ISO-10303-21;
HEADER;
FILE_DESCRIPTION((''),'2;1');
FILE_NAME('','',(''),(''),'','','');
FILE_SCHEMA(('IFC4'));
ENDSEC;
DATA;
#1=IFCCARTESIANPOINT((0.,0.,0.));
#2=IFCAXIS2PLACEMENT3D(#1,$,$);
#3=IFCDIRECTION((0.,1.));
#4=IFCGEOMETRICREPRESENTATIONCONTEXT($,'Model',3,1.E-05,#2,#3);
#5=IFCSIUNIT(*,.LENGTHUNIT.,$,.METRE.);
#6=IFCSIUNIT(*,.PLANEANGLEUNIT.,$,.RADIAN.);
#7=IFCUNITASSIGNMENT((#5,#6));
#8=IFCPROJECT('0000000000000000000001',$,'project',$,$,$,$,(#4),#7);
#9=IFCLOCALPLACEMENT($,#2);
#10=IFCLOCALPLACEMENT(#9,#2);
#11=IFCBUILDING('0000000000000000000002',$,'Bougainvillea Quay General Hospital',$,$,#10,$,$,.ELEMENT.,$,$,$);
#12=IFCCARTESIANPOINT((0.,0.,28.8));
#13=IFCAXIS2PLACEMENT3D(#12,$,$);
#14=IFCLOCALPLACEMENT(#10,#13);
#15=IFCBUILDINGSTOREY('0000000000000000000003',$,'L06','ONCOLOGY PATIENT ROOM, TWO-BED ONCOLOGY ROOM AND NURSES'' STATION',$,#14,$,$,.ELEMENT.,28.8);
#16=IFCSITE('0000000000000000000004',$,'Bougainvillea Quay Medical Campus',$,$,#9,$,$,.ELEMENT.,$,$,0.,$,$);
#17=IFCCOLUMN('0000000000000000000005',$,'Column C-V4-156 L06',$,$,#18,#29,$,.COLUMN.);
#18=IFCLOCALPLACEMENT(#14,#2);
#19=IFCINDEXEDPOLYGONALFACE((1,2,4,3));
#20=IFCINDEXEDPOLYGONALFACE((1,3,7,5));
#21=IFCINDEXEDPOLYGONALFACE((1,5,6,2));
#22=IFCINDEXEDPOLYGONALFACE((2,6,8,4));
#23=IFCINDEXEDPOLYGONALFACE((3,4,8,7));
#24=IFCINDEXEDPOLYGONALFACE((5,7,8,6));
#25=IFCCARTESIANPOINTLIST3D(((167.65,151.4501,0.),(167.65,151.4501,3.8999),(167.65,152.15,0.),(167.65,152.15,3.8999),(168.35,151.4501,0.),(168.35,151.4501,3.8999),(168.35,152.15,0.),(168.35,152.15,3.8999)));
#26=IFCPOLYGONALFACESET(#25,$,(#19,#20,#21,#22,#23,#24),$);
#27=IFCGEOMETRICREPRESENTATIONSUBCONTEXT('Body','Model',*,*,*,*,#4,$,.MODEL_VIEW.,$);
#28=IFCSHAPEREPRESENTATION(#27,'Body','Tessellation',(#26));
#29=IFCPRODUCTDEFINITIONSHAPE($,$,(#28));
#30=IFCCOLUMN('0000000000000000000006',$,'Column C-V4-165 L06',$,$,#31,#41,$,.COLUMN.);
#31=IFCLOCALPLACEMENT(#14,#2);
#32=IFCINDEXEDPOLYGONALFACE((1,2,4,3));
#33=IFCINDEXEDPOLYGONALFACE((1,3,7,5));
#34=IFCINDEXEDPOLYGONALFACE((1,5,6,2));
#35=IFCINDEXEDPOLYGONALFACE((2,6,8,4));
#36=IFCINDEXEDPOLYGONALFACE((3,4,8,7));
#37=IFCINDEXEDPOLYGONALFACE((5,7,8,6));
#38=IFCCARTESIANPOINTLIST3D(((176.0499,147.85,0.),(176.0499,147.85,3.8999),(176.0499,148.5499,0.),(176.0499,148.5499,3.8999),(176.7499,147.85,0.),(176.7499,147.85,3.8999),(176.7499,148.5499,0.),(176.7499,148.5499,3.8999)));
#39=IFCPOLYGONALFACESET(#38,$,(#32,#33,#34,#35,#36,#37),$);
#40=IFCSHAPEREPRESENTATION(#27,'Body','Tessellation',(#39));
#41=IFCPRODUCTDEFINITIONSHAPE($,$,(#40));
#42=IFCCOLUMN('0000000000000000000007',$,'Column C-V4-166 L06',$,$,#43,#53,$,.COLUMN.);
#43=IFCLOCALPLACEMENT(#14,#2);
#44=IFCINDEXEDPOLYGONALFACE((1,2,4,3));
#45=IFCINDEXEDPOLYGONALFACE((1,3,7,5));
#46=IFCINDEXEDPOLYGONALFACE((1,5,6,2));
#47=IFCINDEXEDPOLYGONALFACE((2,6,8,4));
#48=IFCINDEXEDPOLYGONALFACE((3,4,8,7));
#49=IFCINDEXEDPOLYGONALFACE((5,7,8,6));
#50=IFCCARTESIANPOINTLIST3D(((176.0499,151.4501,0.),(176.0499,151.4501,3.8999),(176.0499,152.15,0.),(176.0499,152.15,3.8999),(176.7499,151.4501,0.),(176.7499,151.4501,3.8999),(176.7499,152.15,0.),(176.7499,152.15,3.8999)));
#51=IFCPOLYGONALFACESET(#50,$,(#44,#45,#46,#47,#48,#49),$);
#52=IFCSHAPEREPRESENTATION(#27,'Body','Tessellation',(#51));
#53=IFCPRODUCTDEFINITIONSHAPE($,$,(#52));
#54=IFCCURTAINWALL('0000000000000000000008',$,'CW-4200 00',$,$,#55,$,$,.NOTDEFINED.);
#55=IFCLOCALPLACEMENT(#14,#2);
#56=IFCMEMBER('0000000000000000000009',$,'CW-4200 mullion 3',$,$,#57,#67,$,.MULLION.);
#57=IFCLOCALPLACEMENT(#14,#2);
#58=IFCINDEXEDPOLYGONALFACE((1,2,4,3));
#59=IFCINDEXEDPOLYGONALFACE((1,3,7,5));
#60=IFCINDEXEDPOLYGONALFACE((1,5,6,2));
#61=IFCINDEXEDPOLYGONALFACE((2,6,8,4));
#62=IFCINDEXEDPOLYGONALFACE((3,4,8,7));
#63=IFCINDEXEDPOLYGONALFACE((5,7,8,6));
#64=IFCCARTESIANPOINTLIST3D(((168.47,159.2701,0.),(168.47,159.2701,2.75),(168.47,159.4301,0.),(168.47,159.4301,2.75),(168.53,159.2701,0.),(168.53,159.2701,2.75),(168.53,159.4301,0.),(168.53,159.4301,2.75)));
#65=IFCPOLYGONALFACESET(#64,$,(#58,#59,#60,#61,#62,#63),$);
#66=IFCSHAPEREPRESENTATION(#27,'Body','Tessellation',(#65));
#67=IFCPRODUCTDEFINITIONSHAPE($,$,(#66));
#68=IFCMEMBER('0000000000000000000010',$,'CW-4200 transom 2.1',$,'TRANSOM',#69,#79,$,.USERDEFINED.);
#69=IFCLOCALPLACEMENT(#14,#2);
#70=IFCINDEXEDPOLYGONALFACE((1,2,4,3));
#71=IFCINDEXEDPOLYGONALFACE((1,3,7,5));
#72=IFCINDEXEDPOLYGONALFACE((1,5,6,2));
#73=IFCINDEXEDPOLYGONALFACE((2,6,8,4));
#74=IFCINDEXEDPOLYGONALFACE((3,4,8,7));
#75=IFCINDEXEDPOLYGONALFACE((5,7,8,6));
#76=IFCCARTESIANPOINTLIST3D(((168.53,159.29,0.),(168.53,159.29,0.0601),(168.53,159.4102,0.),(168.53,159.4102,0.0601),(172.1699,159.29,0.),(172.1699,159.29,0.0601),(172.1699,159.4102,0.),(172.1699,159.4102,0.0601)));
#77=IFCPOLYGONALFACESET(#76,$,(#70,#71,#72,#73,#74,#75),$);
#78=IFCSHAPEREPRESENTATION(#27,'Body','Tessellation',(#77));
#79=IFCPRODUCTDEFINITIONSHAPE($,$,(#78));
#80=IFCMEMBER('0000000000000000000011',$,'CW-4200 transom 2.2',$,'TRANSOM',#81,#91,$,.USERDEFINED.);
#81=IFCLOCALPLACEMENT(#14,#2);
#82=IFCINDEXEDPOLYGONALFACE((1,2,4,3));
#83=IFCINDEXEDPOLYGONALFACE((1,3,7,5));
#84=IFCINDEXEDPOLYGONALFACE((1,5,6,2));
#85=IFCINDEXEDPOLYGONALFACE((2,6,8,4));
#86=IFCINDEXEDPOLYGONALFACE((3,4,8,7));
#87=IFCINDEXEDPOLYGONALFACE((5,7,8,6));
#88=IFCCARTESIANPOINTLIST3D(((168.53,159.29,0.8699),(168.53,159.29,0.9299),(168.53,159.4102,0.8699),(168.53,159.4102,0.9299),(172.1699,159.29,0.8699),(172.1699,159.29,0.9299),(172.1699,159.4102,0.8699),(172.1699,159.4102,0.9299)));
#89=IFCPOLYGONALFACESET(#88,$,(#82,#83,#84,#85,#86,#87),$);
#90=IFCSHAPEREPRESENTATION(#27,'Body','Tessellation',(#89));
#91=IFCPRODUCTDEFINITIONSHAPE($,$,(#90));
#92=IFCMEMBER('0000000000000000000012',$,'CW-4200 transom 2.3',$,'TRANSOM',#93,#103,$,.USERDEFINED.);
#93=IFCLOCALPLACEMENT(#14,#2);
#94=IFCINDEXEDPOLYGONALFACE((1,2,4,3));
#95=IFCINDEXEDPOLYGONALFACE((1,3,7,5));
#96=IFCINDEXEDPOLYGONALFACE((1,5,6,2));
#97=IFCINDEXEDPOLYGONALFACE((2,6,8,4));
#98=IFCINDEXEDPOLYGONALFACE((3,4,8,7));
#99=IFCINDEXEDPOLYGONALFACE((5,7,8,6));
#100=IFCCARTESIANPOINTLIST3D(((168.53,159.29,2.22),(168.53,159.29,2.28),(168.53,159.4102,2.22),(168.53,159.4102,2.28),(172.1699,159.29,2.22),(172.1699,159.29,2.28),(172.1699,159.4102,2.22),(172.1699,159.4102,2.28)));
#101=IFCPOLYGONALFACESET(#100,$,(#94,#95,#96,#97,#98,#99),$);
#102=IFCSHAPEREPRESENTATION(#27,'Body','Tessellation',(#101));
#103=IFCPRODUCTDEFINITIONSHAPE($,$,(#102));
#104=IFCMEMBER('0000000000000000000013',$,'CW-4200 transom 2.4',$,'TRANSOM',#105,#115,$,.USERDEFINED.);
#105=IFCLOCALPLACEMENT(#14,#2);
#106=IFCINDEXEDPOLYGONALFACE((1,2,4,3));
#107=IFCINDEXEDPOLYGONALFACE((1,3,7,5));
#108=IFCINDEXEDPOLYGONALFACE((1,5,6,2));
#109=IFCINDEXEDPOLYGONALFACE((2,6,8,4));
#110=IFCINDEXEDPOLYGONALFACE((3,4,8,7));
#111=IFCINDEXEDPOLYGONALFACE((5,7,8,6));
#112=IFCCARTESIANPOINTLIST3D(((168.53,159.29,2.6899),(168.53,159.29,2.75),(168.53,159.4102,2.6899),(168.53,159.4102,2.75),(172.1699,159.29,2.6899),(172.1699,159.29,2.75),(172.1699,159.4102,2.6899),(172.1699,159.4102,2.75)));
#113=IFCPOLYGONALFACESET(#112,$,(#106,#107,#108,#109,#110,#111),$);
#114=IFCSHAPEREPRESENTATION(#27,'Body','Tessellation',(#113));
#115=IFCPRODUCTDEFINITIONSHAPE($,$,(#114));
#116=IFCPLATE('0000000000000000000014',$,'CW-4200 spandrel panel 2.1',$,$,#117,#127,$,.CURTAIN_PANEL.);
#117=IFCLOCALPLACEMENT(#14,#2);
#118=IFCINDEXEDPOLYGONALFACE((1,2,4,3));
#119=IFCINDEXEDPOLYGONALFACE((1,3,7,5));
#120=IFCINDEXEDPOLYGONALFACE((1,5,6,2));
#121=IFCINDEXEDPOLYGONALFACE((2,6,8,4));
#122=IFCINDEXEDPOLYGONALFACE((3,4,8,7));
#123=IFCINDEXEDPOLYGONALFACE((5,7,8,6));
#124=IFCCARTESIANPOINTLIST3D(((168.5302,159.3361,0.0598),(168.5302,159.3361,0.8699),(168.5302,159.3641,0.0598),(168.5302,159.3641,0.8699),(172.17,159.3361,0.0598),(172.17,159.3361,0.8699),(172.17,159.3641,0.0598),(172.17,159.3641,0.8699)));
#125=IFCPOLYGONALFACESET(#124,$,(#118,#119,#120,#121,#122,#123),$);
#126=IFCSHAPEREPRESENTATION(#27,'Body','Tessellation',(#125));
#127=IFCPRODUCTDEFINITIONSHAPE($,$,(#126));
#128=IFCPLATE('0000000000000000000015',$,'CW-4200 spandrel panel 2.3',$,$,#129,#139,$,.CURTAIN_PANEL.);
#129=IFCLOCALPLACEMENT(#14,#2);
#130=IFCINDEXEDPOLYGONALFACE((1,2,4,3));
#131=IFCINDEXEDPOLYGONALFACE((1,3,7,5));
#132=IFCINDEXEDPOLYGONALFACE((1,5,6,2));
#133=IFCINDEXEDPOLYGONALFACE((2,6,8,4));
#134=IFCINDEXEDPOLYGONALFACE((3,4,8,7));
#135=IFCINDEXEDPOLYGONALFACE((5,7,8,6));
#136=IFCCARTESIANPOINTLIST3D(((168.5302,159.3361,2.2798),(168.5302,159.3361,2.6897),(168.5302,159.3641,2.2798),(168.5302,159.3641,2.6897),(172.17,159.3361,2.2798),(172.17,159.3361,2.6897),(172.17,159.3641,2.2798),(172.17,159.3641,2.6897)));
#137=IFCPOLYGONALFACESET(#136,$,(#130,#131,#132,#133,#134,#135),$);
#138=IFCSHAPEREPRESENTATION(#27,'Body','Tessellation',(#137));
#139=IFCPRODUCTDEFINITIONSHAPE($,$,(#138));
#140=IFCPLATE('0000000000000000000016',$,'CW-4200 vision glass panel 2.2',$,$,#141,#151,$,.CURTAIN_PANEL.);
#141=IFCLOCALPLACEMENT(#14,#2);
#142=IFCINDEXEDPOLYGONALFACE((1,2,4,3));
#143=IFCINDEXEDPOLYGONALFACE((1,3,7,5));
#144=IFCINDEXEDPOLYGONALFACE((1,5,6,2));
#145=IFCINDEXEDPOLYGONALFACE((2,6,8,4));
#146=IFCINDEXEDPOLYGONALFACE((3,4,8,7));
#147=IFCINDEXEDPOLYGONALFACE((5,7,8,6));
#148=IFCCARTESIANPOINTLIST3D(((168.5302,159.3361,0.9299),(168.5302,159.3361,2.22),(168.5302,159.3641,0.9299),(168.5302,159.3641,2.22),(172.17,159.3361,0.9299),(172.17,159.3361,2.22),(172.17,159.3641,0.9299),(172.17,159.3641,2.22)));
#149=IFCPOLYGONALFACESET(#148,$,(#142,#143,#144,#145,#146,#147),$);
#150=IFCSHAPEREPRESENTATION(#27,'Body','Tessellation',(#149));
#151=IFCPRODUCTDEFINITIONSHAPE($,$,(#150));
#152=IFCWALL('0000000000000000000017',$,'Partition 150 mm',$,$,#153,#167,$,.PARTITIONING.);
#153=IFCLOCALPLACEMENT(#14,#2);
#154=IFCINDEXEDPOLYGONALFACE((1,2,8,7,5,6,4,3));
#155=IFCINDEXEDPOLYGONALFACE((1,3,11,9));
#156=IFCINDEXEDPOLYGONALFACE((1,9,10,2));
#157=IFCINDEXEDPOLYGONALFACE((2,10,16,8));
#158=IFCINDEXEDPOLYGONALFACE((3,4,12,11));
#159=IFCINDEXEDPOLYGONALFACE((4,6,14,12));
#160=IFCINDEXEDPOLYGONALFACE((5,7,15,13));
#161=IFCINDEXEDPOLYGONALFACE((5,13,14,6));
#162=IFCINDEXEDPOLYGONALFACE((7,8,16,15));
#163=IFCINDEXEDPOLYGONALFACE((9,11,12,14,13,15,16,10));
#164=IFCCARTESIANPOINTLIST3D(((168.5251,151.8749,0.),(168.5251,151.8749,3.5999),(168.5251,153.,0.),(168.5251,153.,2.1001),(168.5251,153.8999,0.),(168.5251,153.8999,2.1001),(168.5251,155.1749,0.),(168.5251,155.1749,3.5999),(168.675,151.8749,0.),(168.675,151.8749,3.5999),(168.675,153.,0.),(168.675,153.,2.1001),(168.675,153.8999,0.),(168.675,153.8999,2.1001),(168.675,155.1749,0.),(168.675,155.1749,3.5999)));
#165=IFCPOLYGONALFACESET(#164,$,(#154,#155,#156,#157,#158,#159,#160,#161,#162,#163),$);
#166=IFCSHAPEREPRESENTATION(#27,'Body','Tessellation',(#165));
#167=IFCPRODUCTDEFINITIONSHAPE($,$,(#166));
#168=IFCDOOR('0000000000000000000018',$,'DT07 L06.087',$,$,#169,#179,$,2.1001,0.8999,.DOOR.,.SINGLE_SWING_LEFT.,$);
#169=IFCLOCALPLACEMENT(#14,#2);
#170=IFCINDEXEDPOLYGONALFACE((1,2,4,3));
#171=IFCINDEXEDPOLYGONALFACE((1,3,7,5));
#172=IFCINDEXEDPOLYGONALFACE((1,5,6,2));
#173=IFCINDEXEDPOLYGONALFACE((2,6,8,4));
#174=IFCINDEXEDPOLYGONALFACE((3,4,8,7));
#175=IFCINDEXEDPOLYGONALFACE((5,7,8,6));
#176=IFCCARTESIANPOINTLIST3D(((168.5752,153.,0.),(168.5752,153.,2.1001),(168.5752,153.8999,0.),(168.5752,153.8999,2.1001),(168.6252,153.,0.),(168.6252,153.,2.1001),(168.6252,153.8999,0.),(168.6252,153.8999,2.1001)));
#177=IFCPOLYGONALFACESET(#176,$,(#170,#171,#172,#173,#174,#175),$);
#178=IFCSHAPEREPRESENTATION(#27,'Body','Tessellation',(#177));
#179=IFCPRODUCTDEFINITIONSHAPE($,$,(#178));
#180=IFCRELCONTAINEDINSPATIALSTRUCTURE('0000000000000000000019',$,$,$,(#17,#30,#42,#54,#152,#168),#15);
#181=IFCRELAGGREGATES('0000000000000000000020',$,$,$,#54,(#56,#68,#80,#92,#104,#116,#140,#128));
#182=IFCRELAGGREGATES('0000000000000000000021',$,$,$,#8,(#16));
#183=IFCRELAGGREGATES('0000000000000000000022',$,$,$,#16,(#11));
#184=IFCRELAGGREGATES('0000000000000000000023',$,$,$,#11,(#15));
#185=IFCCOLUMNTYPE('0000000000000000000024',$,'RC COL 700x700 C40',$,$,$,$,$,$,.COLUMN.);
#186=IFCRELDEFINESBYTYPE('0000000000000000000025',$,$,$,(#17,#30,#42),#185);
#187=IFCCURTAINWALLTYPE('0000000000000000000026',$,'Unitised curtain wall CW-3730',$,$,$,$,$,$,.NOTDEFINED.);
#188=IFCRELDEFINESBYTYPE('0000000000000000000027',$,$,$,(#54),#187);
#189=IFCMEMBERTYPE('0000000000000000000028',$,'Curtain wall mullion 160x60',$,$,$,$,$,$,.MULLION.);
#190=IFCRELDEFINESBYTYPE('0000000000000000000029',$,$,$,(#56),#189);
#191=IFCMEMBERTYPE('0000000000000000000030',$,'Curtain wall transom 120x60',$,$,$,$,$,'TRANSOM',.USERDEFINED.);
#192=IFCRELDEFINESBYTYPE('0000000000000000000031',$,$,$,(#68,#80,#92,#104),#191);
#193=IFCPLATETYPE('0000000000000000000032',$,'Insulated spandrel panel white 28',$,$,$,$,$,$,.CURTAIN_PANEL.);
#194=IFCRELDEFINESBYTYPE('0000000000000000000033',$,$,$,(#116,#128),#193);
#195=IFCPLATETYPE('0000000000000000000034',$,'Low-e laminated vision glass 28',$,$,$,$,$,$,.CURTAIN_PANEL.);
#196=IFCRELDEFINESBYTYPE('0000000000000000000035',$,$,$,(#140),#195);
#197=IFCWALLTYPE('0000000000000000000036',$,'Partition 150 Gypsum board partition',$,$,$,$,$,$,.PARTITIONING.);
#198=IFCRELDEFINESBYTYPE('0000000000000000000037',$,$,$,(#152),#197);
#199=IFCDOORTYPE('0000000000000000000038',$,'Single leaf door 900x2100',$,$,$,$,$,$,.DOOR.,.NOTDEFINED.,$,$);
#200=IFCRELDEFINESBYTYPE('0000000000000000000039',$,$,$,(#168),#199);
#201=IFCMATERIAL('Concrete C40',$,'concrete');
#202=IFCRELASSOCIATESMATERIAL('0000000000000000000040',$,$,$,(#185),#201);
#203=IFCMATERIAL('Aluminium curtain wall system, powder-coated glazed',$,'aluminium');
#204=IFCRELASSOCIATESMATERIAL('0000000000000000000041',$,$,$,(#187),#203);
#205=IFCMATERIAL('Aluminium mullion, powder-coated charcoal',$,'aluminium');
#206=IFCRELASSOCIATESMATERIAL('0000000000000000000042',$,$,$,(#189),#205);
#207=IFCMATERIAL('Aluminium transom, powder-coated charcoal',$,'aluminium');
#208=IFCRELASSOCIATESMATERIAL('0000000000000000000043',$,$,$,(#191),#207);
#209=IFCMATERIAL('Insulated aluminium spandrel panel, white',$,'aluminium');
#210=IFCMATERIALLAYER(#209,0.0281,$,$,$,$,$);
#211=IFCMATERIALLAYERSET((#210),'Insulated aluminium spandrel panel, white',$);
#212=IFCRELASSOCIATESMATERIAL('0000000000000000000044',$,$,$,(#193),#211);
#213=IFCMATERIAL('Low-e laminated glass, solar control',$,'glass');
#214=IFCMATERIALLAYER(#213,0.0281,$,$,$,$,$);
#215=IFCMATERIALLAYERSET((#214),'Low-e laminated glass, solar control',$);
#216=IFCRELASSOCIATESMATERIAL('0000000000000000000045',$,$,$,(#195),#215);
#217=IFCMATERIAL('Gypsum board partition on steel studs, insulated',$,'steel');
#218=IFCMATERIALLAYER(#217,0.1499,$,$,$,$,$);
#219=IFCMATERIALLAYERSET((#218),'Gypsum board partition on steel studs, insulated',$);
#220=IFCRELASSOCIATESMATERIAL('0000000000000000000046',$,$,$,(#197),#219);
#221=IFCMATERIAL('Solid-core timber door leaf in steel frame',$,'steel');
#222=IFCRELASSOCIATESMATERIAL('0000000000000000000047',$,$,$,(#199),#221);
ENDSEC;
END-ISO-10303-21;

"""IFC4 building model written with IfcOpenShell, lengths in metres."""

from ifc_helpers import new_model, si_unit, direction, frame, frame_2d, origin, origin_2d, place, context, subcontext, project, spatial, rectangle, extrude, material, layer, layer_set, material_profile, profile_set, type_object, element, fill, aggregate, save


model = new_model("IFC4")

# Units and contexts
model_context = context("Model", 3, precision=1e-05, world=origin(), true_north=direction((0.0, 1.0)))
body_context = subcontext(model_context, "Body", "Model", "MODEL_VIEW")
ifc_project = project(units=[si_unit("LENGTHUNIT", "METRE"), si_unit("PLANEANGLEUNIT", "RADIAN")], contexts=[model_context])

# Site, building, storey
site_placement = place(None, origin())
site = spatial("IfcSite", under=ifc_project, at=site_placement, Name="Bougainvillea Quay Medical Campus", CompositionType="ELEMENT", RefElevation=0.0)
building_placement = place(site_placement, origin())
building = spatial("IfcBuilding", under=site, at=building_placement, Name="Bougainvillea Quay General Hospital", CompositionType="ELEMENT")
storey_placement = place(building_placement, frame((0.0, 0.0, 28.8)))
storey = spatial("IfcBuildingStorey", under=building, at=storey_placement, Name="L06", Description="ONCOLOGY PATIENT ROOM, TWO-BED ONCOLOGY ROOM AND NURSES' STATION", CompositionType="ELEMENT", Elevation=28.8)

# Columns
ifc_material_1 = material(Name="Concrete C40", Category="concrete")
ifc_material_profile_1 = material_profile(ifc_material_1, rectangle(XDim=0.7, YDim=0.7, at=origin_2d()))
ifc_profile_set_1 = profile_set([ifc_material_profile_1], Name="Concrete C40")
column_type = type_object("IfcColumnType", Name="RC COL 700x700 C40", PredefinedType="COLUMN", material=ifc_profile_set_1)
for number, where, z_axis, x_axis, name in (
    (1, (168.0, 151.8, 0.0), (0.0, 0.0, 1.0), (1.0, 0.0, 0.0), "Column C-V4-156 L06"),
    (2, (176.3999, 148.2, 0.0), (0.0, 0.0, 1.0), (1.0, 0.0, 0.0), "Column C-V4-165 L06"),
    (3, (176.3999, 151.8, 0.0), (0.0, 0.0, 1.0), (1.0, 0.0, 0.0), "Column C-V4-166 L06"),
):
    element("IfcColumn", number, at=place(storey_placement, frame(where, z_axis=z_axis, x_axis=x_axis)), inside=storey, type_object=column_type, Name=name, PredefinedType="COLUMN", context=body_context, shape_type="SweptSolid", body=[
        extrude(rectangle(XDim=0.7, YDim=0.7, at=origin_2d()), origin(), (0.0, 0.0, 1.0), 3.8999),
    ])

# Curtain wall, members, plates
ifc_material_2 = material(Name="Aluminium curtain wall system, powder-coated glazed", Category="aluminium")
curtain_wall_type = type_object("IfcCurtainWallType", Name="Unitised curtain wall CW-3730", PredefinedType="NOTDEFINED", material=ifc_material_2)
curtain_wall_placement = place(storey_placement, origin())
curtain_wall = element("IfcCurtainWall", 4, at=curtain_wall_placement, inside=storey, type_object=curtain_wall_type, Name="CW-4200 00", PredefinedType="NOTDEFINED")
ifc_material_3 = material(Name="Aluminium mullion, powder-coated charcoal", Category="aluminium")
ifc_material_profile_2 = material_profile(ifc_material_3, rectangle(XDim=0.1599, YDim=0.0601, at=origin_2d()))
ifc_profile_set_2 = profile_set([ifc_material_profile_2], Name="Aluminium mullion, powder-coated charcoal")
member_type_1 = type_object("IfcMemberType", Name="Curtain wall mullion 160x60", PredefinedType="MULLION", material=ifc_profile_set_2)
member_1_placement = place(storey_placement, frame((168.5, 159.3501, 0.0), z_axis=(0.0, 0.0, 1.0), x_axis=(0.0, -1.0, 0.0)))
member_1 = element("IfcMember", 5, at=member_1_placement, type_object=member_type_1, Name="CW-4200 mullion 3", PredefinedType="MULLION", context=body_context, shape_type="SweptSolid", body=[
    extrude(rectangle(XDim=0.1599, YDim=0.0601, at=origin_2d()), origin(), (0.0, 0.0, 1.0), 2.75),
])
ifc_material_4 = material(Name="Aluminium transom, powder-coated charcoal", Category="aluminium")
ifc_material_profile_3 = material_profile(ifc_material_4, rectangle(XDim=0.1201, YDim=0.0601, at=origin_2d()))
ifc_profile_set_3 = profile_set([ifc_material_profile_3], Name="Aluminium transom, powder-coated charcoal")
member_type_2 = type_object("IfcMemberType", Name="Curtain wall transom 120x60", ElementType="TRANSOM", PredefinedType="USERDEFINED", material=ifc_profile_set_3)
member_2_placement = place(storey_placement, frame((172.1699, 159.3501, 0.03), z_axis=(-1.0, 0.0, 0.0), x_axis=(0.0, -1.0, 0.0)))
member_2 = element("IfcMember", 6, at=member_2_placement, type_object=member_type_2, Name="CW-4200 transom 2.1", ObjectType="TRANSOM", PredefinedType="USERDEFINED", context=body_context, shape_type="SweptSolid", body=[
    extrude(rectangle(XDim=0.1201, YDim=0.0601, at=origin_2d()), origin(), (0.0, 0.0, 1.0), 3.6399),
])
member_3_placement = place(storey_placement, frame((172.1699, 159.3501, 0.8999), z_axis=(-1.0, 0.0, 0.0), x_axis=(0.0, -1.0, 0.0)))
member_3 = element("IfcMember", 7, at=member_3_placement, type_object=member_type_2, Name="CW-4200 transom 2.2", ObjectType="TRANSOM", PredefinedType="USERDEFINED", context=body_context, shape_type="SweptSolid", body=[
    extrude(rectangle(XDim=0.1201, YDim=0.0601, at=origin_2d()), origin(), (0.0, 0.0, 1.0), 3.6399),
])
member_4_placement = place(storey_placement, frame((172.1699, 159.3501, 2.25), z_axis=(-1.0, 0.0, 0.0), x_axis=(0.0, -1.0, 0.0)))
member_4 = element("IfcMember", 8, at=member_4_placement, type_object=member_type_2, Name="CW-4200 transom 2.3", ObjectType="TRANSOM", PredefinedType="USERDEFINED", context=body_context, shape_type="SweptSolid", body=[
    extrude(rectangle(XDim=0.1201, YDim=0.0601, at=origin_2d()), origin(), (0.0, 0.0, 1.0), 3.6399),
])
member_5_placement = place(storey_placement, frame((172.1699, 159.3501, 2.72), z_axis=(-1.0, 0.0, 0.0), x_axis=(0.0, -1.0, 0.0)))
member_5 = element("IfcMember", 9, at=member_5_placement, type_object=member_type_2, Name="CW-4200 transom 2.4", ObjectType="TRANSOM", PredefinedType="USERDEFINED", context=body_context, shape_type="SweptSolid", body=[
    extrude(rectangle(XDim=0.1201, YDim=0.0601, at=origin_2d()), origin(), (0.0, 0.0, 1.0), 3.6399),
])
ifc_material_5 = material(Name="Insulated aluminium spandrel panel, white", Category="aluminium")
ifc_layer_1 = layer(ifc_material_5, 0.0281)
ifc_layer_set_1 = layer_set([ifc_layer_1], Name="Insulated aluminium spandrel panel, white")
plate_type_1 = type_object("IfcPlateType", Name="Insulated spandrel panel white 28", PredefinedType="CURTAIN_PANEL", material=ifc_layer_set_1)
plate_1_placement = place(storey_placement, frame((170.3501, 159.3501, 0.0598), z_axis=(0.0, 0.0, 1.0), x_axis=(-1.0, 0.0, 0.0)))
plate_1 = element("IfcPlate", 10, at=plate_1_placement, type_object=plate_type_1, Name="CW-4200 spandrel panel 2.1", PredefinedType="CURTAIN_PANEL", context=body_context, shape_type="SweptSolid", body=[
    extrude(rectangle(XDim=3.6399, YDim=0.0281, at=origin_2d()), origin(), (0.0, 0.0, 1.0), 0.8101),
])
plate_2_placement = place(storey_placement, frame((170.3501, 159.3501, 2.2798), z_axis=(0.0, 0.0, 1.0), x_axis=(-1.0, 0.0, 0.0)))
plate_2 = element("IfcPlate", 11, at=plate_2_placement, type_object=plate_type_1, Name="CW-4200 spandrel panel 2.3", PredefinedType="CURTAIN_PANEL", context=body_context, shape_type="SweptSolid", body=[
    extrude(rectangle(XDim=3.6399, YDim=0.0281, at=origin_2d()), origin(), (0.0, 0.0, 1.0), 0.4099),
])
ifc_material_6 = material(Name="Low-e laminated glass, solar control", Category="glass")
ifc_layer_2 = layer(ifc_material_6, 0.0281)
ifc_layer_set_2 = layer_set([ifc_layer_2], Name="Low-e laminated glass, solar control")
plate_type_2 = type_object("IfcPlateType", Name="Low-e laminated vision glass 28", PredefinedType="CURTAIN_PANEL", material=ifc_layer_set_2)
plate_3_placement = place(storey_placement, frame((170.3501, 159.3501, 0.9299), z_axis=(0.0, 0.0, 1.0), x_axis=(-1.0, 0.0, 0.0)))
plate_3 = element("IfcPlate", 12, at=plate_3_placement, type_object=plate_type_2, Name="CW-4200 vision glass panel 2.2", PredefinedType="CURTAIN_PANEL", context=body_context, shape_type="SweptSolid", body=[
    extrude(rectangle(XDim=3.6399, YDim=0.0281, at=origin_2d()), origin(), (0.0, 0.0, 1.0), 1.29),
])
aggregate(curtain_wall, [member_1, member_2, member_3, member_4, member_5, plate_1, plate_3, plate_2])

# Wall, opening, door
ifc_material_7 = material(Name="Gypsum board partition on steel studs, insulated", Category="steel")
ifc_layer_3 = layer(ifc_material_7, 0.1499)
ifc_layer_set_3 = layer_set([ifc_layer_3], Name="Gypsum board partition on steel studs, insulated")
wall_type_1 = type_object("IfcWallType", Name="Partition 150 Gypsum board partition", PredefinedType="PARTITIONING", material=ifc_layer_set_3)
wall_1_placement = place(storey_placement, frame((168.6001, 151.875, 0.0), z_axis=(0.0, 0.0, 1.0), x_axis=(0.0, 1.0, 0.0)))
wall_1 = element("IfcWall", 13, at=wall_1_placement, inside=storey, type_object=wall_type_1, Name="Partition 150 mm", PredefinedType="PARTITIONING", context=body_context, shape_type="SweptSolid", body=[
    extrude(rectangle(XDim=3.3, YDim=0.1499, at=frame_2d((1.6499, 0.0))), origin(), (0.0, 0.0, 1.0), 3.5999),
])
opening_1_placement = place(wall_1_placement, frame((1.125, 0.0, 0.0)))
opening_1 = element("IfcOpeningElement", 14, at=opening_1_placement, cuts=wall_1, PredefinedType="OPENING", context=body_context, shape_type="SweptSolid", body=[
    extrude(rectangle(XDim=0.8999, YDim=2.1001, at=frame_2d((0.45, 1.05))), frame((0.0, 0.085, 0.0), z_axis=(0.0, -1.0, 0.0), x_axis=(1.0, 0.0, 0.0)), (0.0, 0.0, 1.0), 0.1699),
])
ifc_material_8 = material(Name="Solid-core timber door leaf in steel frame", Category="steel")
door_type_1 = type_object("IfcDoorType", Name="Single leaf door 900x2100", OperationType="NOTDEFINED", PredefinedType="DOOR", material=ifc_material_8)
door_1_placement = place(opening_1_placement, origin())
door_1 = element("IfcDoor", 15, at=door_1_placement, inside=storey, type_object=door_type_1, Name="DT07 L06.087", OperationType="SINGLE_SWING_LEFT", OverallHeight=2.1001, OverallWidth=0.8999, PredefinedType="DOOR", context=body_context, shape_type="SweptSolid", body=[
    extrude(rectangle(XDim=0.8999, YDim=2.1001, at=frame_2d((0.45, 1.05))), frame((0.0, 0.0249, 0.0), z_axis=(0.0, -1.0, 0.0), x_axis=(1.0, 0.0, 0.0)), (0.0, 0.0, 1.0), 0.05),
])
fill(opening_1, door_1)

save(model, "model.ifc")
